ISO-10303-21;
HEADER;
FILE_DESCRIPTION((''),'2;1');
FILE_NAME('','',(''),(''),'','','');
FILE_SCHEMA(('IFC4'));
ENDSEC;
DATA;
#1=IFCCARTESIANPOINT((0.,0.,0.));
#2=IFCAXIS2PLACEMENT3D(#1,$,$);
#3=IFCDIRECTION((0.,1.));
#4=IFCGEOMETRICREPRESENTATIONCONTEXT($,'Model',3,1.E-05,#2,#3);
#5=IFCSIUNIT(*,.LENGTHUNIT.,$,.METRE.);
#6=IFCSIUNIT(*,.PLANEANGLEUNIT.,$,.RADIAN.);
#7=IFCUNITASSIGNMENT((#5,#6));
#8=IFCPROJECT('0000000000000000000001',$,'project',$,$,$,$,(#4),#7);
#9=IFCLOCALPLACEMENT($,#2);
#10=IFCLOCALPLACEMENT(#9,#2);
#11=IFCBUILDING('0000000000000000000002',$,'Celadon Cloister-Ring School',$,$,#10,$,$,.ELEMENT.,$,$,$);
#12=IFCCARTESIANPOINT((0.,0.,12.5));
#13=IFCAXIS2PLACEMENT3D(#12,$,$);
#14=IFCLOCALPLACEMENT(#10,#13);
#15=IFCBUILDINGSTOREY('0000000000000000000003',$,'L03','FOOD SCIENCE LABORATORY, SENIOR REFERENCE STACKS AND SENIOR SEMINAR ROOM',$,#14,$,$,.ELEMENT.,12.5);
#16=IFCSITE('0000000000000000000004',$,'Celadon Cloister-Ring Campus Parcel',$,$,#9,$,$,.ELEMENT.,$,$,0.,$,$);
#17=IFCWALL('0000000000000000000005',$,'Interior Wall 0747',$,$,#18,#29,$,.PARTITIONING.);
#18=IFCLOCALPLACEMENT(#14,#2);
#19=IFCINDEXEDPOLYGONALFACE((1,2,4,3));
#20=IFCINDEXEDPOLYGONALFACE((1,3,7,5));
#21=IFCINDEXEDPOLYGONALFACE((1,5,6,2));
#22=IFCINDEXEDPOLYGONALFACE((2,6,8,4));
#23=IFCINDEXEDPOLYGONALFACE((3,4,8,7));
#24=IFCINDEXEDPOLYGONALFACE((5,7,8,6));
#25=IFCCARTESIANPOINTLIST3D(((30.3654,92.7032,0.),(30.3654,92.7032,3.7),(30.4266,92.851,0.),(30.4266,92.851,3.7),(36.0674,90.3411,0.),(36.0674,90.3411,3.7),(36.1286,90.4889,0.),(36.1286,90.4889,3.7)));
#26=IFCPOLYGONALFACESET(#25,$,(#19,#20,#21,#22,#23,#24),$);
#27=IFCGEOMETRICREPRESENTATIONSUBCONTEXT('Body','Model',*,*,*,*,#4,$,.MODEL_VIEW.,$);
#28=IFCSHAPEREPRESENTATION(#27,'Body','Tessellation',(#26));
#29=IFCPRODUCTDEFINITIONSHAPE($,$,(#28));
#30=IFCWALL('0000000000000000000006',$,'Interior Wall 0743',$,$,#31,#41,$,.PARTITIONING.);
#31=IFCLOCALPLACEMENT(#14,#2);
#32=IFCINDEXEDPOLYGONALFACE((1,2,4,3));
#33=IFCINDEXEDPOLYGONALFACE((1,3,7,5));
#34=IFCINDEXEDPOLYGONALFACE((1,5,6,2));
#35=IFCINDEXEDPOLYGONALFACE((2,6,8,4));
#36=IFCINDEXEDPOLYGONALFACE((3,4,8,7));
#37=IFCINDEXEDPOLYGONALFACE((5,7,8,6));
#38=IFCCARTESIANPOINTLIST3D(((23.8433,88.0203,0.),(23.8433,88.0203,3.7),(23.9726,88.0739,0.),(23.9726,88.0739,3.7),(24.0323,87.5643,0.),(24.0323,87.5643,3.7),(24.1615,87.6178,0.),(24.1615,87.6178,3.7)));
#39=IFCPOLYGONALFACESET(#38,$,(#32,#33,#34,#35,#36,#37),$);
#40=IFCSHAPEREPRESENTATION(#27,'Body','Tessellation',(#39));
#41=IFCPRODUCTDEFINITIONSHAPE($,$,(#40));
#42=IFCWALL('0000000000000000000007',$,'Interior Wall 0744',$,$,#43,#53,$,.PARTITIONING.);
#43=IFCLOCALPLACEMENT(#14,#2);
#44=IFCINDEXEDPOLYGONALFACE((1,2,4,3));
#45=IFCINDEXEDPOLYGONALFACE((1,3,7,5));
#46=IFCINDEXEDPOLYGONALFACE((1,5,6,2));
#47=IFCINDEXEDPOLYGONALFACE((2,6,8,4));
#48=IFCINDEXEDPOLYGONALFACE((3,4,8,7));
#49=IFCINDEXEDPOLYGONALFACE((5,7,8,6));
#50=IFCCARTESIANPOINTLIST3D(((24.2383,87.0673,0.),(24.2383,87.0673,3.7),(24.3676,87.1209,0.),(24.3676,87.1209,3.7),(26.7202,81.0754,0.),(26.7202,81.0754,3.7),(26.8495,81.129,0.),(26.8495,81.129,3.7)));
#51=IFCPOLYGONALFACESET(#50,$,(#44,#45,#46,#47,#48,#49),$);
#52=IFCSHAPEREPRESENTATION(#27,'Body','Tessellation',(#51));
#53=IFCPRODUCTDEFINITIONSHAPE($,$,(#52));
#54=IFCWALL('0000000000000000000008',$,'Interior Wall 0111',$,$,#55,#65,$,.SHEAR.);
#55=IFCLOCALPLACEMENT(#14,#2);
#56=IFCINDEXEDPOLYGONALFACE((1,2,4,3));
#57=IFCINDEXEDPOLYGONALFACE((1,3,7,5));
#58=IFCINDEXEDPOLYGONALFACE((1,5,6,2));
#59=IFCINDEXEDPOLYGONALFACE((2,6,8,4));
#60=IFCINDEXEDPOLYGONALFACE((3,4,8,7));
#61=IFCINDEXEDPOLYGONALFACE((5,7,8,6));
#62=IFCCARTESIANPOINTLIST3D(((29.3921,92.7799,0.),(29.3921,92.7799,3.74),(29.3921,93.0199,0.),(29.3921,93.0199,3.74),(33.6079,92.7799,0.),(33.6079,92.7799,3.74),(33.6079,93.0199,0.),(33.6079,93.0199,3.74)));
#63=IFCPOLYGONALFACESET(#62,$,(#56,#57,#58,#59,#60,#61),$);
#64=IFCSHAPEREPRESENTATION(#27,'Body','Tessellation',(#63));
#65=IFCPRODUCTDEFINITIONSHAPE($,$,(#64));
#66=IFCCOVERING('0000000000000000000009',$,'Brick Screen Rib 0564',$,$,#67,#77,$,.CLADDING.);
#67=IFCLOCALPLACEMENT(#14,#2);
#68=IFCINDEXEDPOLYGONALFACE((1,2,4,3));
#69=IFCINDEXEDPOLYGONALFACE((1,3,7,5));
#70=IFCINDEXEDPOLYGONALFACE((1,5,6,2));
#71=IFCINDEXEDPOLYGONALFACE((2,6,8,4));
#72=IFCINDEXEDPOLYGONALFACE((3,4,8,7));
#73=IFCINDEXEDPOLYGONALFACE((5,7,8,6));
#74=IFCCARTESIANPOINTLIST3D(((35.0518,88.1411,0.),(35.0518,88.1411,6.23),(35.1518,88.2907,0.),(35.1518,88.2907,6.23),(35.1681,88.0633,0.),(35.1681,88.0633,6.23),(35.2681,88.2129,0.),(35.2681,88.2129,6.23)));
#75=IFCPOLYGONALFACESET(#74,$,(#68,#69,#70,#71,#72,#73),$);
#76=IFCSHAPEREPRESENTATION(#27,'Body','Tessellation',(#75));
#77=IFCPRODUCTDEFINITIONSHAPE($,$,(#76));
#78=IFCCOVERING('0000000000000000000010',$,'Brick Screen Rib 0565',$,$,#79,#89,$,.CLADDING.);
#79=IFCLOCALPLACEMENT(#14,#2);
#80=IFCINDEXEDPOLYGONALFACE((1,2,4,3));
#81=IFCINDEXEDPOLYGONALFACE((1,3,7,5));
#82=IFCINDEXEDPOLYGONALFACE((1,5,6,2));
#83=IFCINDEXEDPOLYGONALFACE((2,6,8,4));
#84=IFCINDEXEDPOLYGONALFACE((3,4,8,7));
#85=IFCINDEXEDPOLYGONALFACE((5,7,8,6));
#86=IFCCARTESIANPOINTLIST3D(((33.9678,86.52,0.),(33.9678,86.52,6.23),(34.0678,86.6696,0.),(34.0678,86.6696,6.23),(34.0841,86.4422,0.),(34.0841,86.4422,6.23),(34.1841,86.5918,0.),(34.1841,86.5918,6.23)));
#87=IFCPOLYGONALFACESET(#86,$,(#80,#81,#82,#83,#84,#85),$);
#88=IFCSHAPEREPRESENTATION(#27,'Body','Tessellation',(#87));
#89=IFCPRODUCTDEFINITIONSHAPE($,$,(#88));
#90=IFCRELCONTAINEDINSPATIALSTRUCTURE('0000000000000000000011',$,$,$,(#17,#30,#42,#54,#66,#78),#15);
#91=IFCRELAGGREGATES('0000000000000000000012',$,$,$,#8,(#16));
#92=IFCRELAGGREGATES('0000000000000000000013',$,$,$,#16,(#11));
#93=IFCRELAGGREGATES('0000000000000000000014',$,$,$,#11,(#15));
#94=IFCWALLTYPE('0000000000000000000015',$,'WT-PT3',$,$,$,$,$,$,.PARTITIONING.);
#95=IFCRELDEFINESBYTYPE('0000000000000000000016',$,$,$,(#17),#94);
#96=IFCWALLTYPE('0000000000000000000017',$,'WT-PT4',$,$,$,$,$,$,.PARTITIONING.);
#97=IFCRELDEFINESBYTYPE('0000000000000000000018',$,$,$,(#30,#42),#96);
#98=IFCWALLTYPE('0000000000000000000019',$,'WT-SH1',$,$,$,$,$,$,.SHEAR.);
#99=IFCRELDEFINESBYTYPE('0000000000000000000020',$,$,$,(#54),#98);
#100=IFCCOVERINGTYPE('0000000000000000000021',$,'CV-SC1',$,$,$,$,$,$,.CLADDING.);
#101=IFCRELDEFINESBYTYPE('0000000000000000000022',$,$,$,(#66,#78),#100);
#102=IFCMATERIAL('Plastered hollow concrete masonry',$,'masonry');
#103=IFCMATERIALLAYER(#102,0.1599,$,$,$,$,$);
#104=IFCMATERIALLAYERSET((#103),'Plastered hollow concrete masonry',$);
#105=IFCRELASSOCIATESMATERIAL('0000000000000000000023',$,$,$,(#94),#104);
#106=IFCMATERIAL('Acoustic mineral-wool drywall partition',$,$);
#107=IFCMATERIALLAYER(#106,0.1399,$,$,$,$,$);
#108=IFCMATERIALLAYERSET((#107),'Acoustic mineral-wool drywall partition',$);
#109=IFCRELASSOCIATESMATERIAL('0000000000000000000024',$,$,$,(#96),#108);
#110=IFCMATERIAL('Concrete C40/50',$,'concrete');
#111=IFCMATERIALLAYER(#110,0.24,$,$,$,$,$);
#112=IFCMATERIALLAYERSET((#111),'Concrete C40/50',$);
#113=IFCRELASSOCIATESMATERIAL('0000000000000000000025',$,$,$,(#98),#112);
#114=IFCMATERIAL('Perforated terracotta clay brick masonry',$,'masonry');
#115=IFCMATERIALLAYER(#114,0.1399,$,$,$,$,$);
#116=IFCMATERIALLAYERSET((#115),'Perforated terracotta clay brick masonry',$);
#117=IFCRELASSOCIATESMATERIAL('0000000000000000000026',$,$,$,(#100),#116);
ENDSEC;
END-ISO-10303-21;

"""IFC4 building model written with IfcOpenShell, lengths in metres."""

from ifc_helpers import new_model, si_unit, direction, frame, frame_2d, origin, origin_2d, place, context, subcontext, project, spatial, rectangle, extrude, material, layer, layer_set, type_object, element, save


model = new_model("IFC4")

# Units and contexts
model_context = context("Model", 3, precision=1e-05, world=origin(), true_north=direction((0.0, 1.0)))
body_context = subcontext(model_context, "Body", "Model", "MODEL_VIEW")
ifc_project = project(units=[si_unit("LENGTHUNIT", "METRE"), si_unit("PLANEANGLEUNIT", "RADIAN")], contexts=[model_context])

# Site, building, storey
site_placement = place(None, origin())
site = spatial("IfcSite", under=ifc_project, at=site_placement, Name="Celadon Cloister-Ring Campus Parcel", CompositionType="ELEMENT", RefElevation=0.0)
building_placement = place(site_placement, origin())
building = spatial("IfcBuilding", under=site, at=building_placement, Name="Celadon Cloister-Ring School", CompositionType="ELEMENT")
storey_placement = place(building_placement, frame((0.0, 0.0, 12.5)))
storey = spatial("IfcBuildingStorey", under=building, at=storey_placement, Name="L03", Description="FOOD SCIENCE LABORATORY, SENIOR REFERENCE STACKS AND SENIOR SEMINAR ROOM", CompositionType="ELEMENT", Elevation=12.5)

# Walls
ifc_material_1 = material(Name="Plastered hollow concrete masonry", Category="masonry")
ifc_layer_1 = layer(ifc_material_1, 0.1599)
ifc_layer_set_1 = layer_set([ifc_layer_1], Name="Plastered hollow concrete masonry")
wall_type_1 = type_object("IfcWallType", Name="WT-PT3", PredefinedType="PARTITIONING", material=ifc_layer_set_1)
wall_1_placement = place(storey_placement, frame((30.396, 92.7771, 0.0), z_axis=(0.0, 0.0, 1.0), x_axis=(0.923865, -0.382719, 0.0)))
element("IfcWall", 1, at=wall_1_placement, inside=storey, type_object=wall_type_1, Name="Interior Wall 0747", PredefinedType="PARTITIONING", context=body_context, shape_type="SweptSolid", body=[
    extrude(rectangle(XDim=6.1719, YDim=0.1599, at=frame_2d((3.0859, 0.0))), origin(), (0.0, 0.0, 1.0), 3.7),
])
ifc_material_2 = material(Name="Acoustic mineral-wool drywall partition")
ifc_layer_2 = layer(ifc_material_2, 0.1399)
ifc_layer_set_2 = layer_set([ifc_layer_2], Name="Acoustic mineral-wool drywall partition")
wall_type_2 = type_object("IfcWallType", Name="WT-PT4", PredefinedType="PARTITIONING", material=ifc_layer_set_2)
wall_2_placement = place(storey_placement, frame((23.908, 88.0471, 0.0), z_axis=(0.0, 0.0, 1.0), x_axis=(0.382789, -0.923836, 0.0)))
element("IfcWall", 2, at=wall_2_placement, inside=storey, type_object=wall_type_2, Name="Interior Wall 0743", PredefinedType="PARTITIONING", context=body_context, shape_type="SweptSolid", body=[
    extrude(rectangle(XDim=0.4937, YDim=0.1399, at=frame_2d((0.2468, 0.0))), origin(), (0.0, 0.0, 1.0), 3.7),
])
wall_3_placement = place(storey_placement, frame((24.303, 87.094, 0.0), z_axis=(0.0, 0.0, 1.0), x_axis=(0.382682, -0.92388, 0.0)))
element("IfcWall", 3, at=wall_3_placement, inside=storey, type_object=wall_type_2, Name="Interior Wall 0744", PredefinedType="PARTITIONING", context=body_context, shape_type="SweptSolid", body=[
    extrude(rectangle(XDim=6.4856, YDim=0.1399, at=frame_2d((3.2427, 0.0))), origin(), (0.0, 0.0, 1.0), 3.7),
])
ifc_material_3 = material(Name="Concrete C40/50", Category="concrete")
ifc_layer_3 = layer(ifc_material_3, 0.24)
ifc_layer_set_3 = layer_set([ifc_layer_3], Name="Concrete C40/50")
wall_type_3 = type_object("IfcWallType", Name="WT-SH1", PredefinedType="SHEAR", material=ifc_layer_set_3)
wall_4_placement = place(storey_placement, frame((33.6079, 92.8999, 0.0), z_axis=(0.0, 0.0, 1.0), x_axis=(-1.0, 0.0, 0.0)))
element("IfcWall", 4, at=wall_4_placement, inside=storey, type_object=wall_type_3, Name="Interior Wall 0111", PredefinedType="SHEAR", context=body_context, shape_type="SweptSolid", body=[
    extrude(rectangle(XDim=4.2158, YDim=0.24, at=frame_2d((2.1079, 0.0))), origin(), (0.0, 0.0, 1.0), 3.74),
])

# Coverings
ifc_material_4 = material(Name="Perforated terracotta clay brick masonry", Category="masonry")
ifc_layer_4 = layer(ifc_material_4, 0.1399)
ifc_layer_set_4 = layer_set([ifc_layer_4], Name="Perforated terracotta clay brick masonry")
covering_type = type_object("IfcCoveringType", Name="CV-SC1", PredefinedType="CLADDING", material=ifc_layer_set_4)
for number, where, z_axis, x_axis, name in (
    (5, (35.1599, 88.177, 0.0), (0.0, 0.0, 1.0), (-0.555672, -0.831402, 0.0), "Brick Screen Rib 0564"),
    (6, (34.0759, 86.5559, 0.0), (0.0, 0.0, 1.0), (-0.555672, -0.831402, 0.0), "Brick Screen Rib 0565"),
):
    element("IfcCovering", number, at=place(storey_placement, frame(where, z_axis=z_axis, x_axis=x_axis)), inside=storey, type_object=covering_type, Name=name, PredefinedType="CLADDING", context=body_context, shape_type="SweptSolid", body=[
        extrude(rectangle(XDim=0.1799, YDim=0.1399, at=origin_2d()), origin(), (0.0, 0.0, 1.0), 6.23),
    ])

save(model, "model.ifc")
